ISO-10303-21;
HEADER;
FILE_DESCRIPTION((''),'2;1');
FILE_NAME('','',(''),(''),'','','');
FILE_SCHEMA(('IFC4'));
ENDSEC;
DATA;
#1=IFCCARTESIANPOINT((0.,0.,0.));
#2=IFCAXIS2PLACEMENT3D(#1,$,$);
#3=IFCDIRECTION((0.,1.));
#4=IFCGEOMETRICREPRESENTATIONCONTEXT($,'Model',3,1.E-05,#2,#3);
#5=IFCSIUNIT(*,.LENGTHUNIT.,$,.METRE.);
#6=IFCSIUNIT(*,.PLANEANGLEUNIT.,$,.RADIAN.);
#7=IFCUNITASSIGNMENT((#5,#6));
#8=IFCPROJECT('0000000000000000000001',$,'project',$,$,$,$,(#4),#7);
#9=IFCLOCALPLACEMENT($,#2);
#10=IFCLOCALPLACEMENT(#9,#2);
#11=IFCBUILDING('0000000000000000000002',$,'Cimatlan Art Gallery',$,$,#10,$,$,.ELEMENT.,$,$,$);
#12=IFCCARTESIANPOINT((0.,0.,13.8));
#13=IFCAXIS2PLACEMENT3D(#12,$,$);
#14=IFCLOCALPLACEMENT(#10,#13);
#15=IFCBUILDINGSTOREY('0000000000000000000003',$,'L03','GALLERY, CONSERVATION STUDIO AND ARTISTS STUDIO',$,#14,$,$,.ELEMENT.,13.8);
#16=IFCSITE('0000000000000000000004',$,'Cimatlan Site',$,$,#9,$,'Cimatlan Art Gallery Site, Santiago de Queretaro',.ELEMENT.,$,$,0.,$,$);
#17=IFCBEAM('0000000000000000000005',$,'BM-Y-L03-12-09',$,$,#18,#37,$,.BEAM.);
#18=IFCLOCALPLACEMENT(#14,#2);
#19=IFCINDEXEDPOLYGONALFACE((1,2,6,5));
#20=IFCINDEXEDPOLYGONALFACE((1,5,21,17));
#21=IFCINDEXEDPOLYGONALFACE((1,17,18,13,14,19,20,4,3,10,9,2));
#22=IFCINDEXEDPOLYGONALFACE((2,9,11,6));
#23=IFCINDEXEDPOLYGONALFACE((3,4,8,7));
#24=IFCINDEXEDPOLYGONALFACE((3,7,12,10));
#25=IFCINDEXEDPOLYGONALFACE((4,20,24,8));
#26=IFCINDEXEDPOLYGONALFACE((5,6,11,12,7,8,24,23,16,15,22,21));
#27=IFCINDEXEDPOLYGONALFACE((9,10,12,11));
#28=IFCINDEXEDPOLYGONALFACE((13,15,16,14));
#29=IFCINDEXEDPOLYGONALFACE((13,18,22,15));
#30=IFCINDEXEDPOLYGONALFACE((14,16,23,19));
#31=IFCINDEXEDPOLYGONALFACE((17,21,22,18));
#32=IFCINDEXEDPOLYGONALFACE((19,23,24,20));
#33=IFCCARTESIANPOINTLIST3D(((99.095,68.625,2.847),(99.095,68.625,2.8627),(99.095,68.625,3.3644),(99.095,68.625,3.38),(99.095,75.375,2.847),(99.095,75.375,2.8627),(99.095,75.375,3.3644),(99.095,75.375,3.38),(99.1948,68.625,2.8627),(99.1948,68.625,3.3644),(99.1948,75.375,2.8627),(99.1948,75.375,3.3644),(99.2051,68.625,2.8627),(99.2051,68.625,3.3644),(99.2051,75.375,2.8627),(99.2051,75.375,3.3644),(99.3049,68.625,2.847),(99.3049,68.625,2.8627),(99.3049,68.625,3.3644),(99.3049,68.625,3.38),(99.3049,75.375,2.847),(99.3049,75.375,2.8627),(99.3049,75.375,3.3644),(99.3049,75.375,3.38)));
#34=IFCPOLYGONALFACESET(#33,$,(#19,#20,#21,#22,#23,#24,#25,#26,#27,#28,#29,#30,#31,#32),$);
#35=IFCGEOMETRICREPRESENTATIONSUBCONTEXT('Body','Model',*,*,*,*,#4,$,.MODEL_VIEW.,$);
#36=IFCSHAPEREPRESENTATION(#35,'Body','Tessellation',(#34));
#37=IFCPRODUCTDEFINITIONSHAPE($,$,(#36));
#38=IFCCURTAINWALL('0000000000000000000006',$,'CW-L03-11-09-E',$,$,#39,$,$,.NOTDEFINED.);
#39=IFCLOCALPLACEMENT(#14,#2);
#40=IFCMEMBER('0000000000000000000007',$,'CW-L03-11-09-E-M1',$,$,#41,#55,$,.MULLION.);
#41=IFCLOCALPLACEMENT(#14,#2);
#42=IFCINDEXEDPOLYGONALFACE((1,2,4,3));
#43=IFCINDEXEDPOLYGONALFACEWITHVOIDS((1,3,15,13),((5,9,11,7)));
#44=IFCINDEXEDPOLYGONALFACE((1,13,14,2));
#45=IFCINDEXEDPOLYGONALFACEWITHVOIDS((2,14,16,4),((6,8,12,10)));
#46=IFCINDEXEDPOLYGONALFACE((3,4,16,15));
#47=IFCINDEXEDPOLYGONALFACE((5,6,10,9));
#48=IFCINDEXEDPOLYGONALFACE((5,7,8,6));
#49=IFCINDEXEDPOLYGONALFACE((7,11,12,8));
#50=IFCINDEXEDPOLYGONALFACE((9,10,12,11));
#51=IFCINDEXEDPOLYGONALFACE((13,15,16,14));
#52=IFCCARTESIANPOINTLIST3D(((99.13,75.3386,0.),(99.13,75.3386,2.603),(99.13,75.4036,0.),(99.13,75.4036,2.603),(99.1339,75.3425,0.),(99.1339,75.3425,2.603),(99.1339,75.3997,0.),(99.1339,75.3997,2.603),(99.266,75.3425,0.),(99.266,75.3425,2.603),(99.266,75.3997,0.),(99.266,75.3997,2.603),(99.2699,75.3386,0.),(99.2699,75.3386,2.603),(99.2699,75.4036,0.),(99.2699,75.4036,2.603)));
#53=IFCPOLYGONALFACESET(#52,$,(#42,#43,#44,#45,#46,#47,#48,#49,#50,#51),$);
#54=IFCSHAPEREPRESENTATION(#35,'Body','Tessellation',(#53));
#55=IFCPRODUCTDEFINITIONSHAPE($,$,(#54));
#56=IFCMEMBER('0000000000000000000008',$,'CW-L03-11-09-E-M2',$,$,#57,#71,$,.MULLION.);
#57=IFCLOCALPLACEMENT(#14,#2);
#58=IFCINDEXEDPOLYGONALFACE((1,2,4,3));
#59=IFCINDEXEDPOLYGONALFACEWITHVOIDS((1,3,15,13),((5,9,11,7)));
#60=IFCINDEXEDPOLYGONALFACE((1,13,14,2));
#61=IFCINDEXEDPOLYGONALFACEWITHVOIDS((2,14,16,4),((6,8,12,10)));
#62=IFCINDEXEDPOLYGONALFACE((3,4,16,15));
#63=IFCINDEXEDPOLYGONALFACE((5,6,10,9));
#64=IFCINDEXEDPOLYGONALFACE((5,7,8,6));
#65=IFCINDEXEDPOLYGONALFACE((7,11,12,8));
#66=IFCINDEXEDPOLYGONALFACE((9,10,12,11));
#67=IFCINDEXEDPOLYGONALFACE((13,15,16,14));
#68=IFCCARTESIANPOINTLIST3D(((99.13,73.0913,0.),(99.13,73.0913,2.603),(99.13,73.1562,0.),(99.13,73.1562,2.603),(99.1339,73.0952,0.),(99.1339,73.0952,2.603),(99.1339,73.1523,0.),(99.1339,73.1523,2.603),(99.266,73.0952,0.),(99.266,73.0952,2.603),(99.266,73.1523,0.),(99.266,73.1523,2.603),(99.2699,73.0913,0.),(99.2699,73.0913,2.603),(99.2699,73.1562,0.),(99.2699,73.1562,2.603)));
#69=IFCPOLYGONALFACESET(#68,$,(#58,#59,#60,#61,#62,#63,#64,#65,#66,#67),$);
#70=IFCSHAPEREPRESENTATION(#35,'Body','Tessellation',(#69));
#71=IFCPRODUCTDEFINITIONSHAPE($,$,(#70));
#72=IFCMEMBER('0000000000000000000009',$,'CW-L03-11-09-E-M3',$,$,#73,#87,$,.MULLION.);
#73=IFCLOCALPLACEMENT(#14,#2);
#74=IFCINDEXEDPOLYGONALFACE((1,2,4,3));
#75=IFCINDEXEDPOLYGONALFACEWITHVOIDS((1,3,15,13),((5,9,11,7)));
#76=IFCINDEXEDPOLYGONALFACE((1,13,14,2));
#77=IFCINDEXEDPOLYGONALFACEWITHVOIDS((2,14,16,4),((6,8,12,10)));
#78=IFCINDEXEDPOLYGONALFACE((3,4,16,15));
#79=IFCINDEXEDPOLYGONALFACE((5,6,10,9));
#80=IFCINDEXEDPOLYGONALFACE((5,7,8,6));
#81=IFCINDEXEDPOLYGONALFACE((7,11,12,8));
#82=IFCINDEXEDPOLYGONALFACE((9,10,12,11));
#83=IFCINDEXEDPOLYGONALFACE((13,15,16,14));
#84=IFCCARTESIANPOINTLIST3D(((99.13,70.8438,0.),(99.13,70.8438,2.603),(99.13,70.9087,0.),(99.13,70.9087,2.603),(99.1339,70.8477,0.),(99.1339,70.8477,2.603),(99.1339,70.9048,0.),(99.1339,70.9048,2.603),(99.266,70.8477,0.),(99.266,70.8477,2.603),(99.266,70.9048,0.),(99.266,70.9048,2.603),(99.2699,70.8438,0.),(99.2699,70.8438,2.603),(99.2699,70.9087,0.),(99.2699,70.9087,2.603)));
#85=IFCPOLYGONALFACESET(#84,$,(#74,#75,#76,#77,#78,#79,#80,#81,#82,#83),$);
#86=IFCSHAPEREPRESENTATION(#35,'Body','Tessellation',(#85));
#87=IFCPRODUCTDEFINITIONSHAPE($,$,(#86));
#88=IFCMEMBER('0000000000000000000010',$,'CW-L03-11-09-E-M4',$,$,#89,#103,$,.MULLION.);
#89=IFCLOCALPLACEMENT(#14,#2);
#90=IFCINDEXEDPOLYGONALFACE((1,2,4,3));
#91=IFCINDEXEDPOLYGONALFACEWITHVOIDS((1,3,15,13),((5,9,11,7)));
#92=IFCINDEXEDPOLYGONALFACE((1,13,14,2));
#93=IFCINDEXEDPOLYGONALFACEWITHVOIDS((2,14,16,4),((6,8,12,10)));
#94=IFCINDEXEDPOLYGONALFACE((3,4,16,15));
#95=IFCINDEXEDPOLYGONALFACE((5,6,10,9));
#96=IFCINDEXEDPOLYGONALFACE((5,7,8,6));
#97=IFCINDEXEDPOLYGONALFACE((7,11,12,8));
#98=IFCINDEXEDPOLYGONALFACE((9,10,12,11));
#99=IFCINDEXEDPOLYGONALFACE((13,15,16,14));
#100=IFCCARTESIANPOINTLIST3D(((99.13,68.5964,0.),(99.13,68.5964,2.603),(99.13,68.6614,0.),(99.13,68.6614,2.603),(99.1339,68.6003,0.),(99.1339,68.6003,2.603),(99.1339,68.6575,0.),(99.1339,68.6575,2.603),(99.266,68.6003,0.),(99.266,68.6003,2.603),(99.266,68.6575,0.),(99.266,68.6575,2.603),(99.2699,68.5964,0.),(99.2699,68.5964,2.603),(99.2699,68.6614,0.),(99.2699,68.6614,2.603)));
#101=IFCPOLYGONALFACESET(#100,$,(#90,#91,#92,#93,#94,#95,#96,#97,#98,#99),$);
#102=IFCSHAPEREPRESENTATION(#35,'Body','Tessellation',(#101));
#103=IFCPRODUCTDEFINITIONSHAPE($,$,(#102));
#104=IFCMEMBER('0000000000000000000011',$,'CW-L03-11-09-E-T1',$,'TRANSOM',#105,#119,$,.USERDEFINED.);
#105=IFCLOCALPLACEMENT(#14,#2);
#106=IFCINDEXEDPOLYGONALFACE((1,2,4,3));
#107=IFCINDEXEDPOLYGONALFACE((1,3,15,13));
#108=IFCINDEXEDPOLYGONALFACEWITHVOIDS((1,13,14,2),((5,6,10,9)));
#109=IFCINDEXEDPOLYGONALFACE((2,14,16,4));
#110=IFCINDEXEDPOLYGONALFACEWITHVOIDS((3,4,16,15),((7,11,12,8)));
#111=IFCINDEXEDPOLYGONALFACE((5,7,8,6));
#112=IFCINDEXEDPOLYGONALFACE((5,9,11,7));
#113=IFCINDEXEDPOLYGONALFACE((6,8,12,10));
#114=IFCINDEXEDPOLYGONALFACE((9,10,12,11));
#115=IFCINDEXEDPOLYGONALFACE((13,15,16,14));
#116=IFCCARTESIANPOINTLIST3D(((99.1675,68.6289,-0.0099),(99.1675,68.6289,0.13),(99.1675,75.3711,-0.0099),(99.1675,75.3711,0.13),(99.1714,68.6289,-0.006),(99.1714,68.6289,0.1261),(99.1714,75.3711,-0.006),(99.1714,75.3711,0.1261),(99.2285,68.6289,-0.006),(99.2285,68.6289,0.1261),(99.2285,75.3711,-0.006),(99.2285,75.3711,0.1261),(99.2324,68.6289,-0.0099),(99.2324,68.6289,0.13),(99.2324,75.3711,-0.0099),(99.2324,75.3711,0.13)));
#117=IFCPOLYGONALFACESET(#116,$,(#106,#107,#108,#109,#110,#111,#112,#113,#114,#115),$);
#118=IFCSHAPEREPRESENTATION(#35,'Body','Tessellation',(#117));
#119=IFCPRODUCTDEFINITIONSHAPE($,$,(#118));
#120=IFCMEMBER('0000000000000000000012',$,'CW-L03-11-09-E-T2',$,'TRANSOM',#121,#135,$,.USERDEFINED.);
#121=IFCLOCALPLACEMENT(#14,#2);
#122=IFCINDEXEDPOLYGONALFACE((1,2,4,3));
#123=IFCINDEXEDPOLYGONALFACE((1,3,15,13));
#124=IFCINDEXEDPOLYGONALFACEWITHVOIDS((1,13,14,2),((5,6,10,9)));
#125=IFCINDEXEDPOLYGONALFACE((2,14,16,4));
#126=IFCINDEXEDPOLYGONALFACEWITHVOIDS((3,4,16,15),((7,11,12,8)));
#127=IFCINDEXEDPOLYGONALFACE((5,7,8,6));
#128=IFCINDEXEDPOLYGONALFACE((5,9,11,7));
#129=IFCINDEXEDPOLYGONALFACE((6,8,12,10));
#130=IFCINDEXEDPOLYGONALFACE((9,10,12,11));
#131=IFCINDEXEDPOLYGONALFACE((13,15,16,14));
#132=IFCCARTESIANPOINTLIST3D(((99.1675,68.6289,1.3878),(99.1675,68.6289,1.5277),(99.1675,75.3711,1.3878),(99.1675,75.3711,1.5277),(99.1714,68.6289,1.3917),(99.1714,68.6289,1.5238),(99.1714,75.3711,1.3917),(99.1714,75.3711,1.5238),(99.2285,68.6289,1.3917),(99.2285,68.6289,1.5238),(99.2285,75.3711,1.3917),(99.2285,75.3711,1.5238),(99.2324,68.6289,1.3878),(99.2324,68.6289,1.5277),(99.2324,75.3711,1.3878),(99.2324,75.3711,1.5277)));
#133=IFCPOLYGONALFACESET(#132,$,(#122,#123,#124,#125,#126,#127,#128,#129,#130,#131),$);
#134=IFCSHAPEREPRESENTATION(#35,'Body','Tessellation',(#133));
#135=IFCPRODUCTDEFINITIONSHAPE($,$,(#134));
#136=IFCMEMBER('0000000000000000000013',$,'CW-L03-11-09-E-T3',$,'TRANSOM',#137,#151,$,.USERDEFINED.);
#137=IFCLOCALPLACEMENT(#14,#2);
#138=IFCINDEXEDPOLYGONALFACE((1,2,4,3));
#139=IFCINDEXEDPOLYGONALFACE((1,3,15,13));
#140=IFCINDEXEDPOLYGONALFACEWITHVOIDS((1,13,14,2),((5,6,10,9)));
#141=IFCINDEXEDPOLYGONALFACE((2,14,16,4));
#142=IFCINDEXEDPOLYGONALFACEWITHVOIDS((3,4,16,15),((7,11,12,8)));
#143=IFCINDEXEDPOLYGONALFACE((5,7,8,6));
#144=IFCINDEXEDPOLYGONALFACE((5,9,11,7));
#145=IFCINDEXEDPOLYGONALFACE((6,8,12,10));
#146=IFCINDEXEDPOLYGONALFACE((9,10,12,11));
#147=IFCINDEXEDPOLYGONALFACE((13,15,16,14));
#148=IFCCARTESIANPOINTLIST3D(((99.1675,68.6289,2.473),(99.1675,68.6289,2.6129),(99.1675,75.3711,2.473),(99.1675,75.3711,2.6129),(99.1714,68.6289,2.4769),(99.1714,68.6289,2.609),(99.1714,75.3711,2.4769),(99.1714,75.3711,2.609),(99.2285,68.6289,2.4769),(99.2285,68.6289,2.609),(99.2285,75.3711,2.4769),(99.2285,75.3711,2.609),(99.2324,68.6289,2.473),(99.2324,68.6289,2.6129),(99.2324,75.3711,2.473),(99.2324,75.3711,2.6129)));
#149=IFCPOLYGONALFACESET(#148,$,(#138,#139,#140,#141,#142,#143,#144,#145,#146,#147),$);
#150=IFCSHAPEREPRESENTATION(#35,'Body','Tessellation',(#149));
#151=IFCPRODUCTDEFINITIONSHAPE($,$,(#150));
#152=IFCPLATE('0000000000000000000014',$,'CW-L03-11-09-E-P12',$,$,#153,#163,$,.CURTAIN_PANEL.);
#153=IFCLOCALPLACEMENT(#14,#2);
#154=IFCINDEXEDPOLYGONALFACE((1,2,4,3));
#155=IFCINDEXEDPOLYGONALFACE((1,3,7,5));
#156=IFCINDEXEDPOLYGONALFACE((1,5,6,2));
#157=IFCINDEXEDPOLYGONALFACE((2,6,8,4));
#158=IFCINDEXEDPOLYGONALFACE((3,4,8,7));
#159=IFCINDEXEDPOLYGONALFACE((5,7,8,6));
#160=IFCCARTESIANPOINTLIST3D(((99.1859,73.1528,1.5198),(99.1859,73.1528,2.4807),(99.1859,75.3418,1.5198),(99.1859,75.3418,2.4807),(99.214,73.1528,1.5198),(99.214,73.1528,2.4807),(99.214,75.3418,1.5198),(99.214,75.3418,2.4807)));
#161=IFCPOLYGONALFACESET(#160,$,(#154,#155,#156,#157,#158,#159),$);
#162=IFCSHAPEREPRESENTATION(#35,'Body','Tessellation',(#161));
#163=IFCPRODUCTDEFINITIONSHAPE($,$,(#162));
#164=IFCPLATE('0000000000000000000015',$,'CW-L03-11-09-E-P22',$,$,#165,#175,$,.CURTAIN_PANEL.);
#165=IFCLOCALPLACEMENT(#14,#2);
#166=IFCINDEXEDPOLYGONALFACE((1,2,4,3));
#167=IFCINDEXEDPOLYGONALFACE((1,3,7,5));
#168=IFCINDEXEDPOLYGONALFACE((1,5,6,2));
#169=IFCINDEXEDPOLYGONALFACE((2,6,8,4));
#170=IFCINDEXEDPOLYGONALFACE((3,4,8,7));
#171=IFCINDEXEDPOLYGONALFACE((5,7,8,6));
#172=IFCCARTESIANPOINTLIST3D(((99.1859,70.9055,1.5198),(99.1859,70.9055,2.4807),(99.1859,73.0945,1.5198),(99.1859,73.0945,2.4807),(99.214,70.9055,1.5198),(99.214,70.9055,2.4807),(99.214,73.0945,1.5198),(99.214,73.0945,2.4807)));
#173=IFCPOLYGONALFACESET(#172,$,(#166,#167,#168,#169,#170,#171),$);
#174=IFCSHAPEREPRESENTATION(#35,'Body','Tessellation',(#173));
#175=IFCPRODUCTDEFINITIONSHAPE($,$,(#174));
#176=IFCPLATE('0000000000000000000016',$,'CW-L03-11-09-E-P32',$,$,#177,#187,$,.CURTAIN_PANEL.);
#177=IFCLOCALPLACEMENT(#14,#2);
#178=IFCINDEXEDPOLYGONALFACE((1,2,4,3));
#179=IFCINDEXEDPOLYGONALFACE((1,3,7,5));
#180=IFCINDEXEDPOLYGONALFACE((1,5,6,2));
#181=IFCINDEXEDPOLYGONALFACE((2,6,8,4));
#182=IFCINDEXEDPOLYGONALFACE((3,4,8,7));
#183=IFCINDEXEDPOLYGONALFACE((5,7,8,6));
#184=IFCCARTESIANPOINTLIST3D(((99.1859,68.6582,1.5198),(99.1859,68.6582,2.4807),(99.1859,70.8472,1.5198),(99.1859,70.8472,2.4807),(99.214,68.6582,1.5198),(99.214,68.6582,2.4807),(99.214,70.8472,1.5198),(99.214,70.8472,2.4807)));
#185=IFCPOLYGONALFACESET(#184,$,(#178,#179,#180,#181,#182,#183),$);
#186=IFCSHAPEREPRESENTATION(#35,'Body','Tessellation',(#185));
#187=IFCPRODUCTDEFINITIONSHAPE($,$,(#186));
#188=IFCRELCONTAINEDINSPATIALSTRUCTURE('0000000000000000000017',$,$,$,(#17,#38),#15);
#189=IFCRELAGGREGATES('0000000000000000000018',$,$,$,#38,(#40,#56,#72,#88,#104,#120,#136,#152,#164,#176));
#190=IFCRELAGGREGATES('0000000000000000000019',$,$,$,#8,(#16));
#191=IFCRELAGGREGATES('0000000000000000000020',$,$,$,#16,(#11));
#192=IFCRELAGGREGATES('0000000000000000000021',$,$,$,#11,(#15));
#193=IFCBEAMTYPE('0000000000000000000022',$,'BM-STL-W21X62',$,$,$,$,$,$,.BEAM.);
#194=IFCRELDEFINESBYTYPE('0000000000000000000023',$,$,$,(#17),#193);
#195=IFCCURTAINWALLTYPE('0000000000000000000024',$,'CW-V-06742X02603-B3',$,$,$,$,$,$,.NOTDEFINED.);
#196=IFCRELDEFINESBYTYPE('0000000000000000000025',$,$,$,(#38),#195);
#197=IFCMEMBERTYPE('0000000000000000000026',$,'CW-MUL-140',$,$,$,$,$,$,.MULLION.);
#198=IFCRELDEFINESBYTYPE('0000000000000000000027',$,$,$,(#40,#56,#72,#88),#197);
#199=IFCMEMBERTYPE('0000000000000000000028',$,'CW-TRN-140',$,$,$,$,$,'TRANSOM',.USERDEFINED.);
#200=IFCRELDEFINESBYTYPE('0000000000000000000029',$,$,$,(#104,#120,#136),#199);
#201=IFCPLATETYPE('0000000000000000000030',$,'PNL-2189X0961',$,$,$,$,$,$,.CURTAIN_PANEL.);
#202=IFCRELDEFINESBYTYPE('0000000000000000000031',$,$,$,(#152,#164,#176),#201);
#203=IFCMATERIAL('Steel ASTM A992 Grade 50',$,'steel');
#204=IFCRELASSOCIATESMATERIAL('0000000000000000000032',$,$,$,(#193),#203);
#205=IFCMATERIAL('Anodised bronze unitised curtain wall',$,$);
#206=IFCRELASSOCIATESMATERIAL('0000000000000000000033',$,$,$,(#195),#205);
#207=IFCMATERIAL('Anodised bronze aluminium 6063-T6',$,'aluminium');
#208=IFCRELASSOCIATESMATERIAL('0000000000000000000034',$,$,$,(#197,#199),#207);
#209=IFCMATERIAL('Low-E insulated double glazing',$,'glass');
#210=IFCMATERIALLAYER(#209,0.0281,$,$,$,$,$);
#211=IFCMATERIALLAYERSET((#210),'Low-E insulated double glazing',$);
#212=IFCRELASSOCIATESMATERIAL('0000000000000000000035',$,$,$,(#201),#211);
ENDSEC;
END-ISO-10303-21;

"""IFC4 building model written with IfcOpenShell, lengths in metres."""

from ifc_helpers import new_model, si_unit, direction, frame, origin, origin_2d, place, context, subcontext, project, spatial, rectangle, hollow_rectangle, i_section, extrude, material, layer, layer_set, material_profile, profile_set, type_object, element, aggregate, save


model = new_model("IFC4")

# Units and contexts
model_context = context("Model", 3, precision=1e-05, world=origin(), true_north=direction((0.0, 1.0)))
body_context = subcontext(model_context, "Body", "Model", "MODEL_VIEW")
ifc_project = project(units=[si_unit("LENGTHUNIT", "METRE"), si_unit("PLANEANGLEUNIT", "RADIAN")], contexts=[model_context])

# Site, building, storey
site_placement = place(None, origin())
site = spatial("IfcSite", under=ifc_project, at=site_placement, Name="Cimatlan Site", LongName="Cimatlan Art Gallery Site, Santiago de Queretaro", CompositionType="ELEMENT", RefElevation=0.0)
building_placement = place(site_placement, origin())
building = spatial("IfcBuilding", under=site, at=building_placement, Name="Cimatlan Art Gallery", CompositionType="ELEMENT")
storey_placement = place(building_placement, frame((0.0, 0.0, 13.8)))
storey = spatial("IfcBuildingStorey", under=building, at=storey_placement, Name="L03", Description="GALLERY, CONSERVATION STUDIO AND ARTISTS STUDIO", CompositionType="ELEMENT", Elevation=13.8)

# Beam
ifc_material_1 = material(Name="Steel ASTM A992 Grade 50", Category="steel")
ifc_material_profile_1 = material_profile(ifc_material_1, i_section(OverallWidth=0.21, OverallDepth=0.533, WebThickness=0.0103, FlangeThickness=0.0156, at=origin_2d()), Name="W21X62")
ifc_profile_set_1 = profile_set([ifc_material_profile_1], Name="Steel ASTM A992 Grade 50")
beam_type = type_object("IfcBeamType", Name="BM-STL-W21X62", PredefinedType="BEAM", material=ifc_profile_set_1)
beam_placement = place(storey_placement, frame((99.2, 68.625, 3.1135), z_axis=(0.0, 1.0, 0.0), x_axis=(-1.0, 0.0, 0.0)))
element("IfcBeam", 1, at=beam_placement, inside=storey, type_object=beam_type, Name="BM-Y-L03-12-09", PredefinedType="BEAM", context=body_context, shape_type="SweptSolid", body=[
    extrude(i_section(OverallWidth=0.21, OverallDepth=0.533, WebThickness=0.0103, FlangeThickness=0.0156, at=origin_2d()), origin(), (0.0, 0.0, 1.0), 6.75),
])

# Curtain wall, members, plates
ifc_material_2 = material(Name="Anodised bronze unitised curtain wall")
curtain_wall_type = type_object("IfcCurtainWallType", Name="CW-V-06742X02603-B3", PredefinedType="NOTDEFINED", material=ifc_material_2)
curtain_wall_placement = place(storey_placement, origin())
curtain_wall = element("IfcCurtainWall", 2, at=curtain_wall_placement, inside=storey, type_object=curtain_wall_type, Name="CW-L03-11-09-E", PredefinedType="NOTDEFINED")
ifc_material_3 = material(Name="Anodised bronze aluminium 6063-T6", Category="aluminium")
ifc_material_profile_2 = material_profile(ifc_material_3, hollow_rectangle(XDim=0.0649, YDim=0.1399, WallThickness=0.0039, at=origin_2d()), Name="ALU65X140X4")
ifc_profile_set_2 = profile_set([ifc_material_profile_2], Name="Anodised bronze aluminium 6063-T6")
member_type_1 = type_object("IfcMemberType", Name="CW-MUL-140", PredefinedType="MULLION", material=ifc_profile_set_2)
member_1_placement = place(storey_placement, frame((99.2, 75.3711, 0.0), z_axis=(0.0, 0.0, 1.0), x_axis=(0.0, 1.0, 0.0)))
member_1 = element("IfcMember", 3, at=member_1_placement, type_object=member_type_1, Name="CW-L03-11-09-E-M1", PredefinedType="MULLION", context=body_context, shape_type="SweptSolid", body=[
    extrude(hollow_rectangle(XDim=0.0649, YDim=0.1399, WallThickness=0.0039, at=origin_2d()), origin(), (0.0, 0.0, 1.0), 2.603),
])
member_2_placement = place(storey_placement, frame((99.2, 73.1238, 0.0), z_axis=(0.0, 0.0, 1.0), x_axis=(0.0, 1.0, 0.0)))
member_2 = element("IfcMember", 4, at=member_2_placement, type_object=member_type_1, Name="CW-L03-11-09-E-M2", PredefinedType="MULLION", context=body_context, shape_type="SweptSolid", body=[
    extrude(hollow_rectangle(XDim=0.0649, YDim=0.1399, WallThickness=0.0039, at=origin_2d()), origin(), (0.0, 0.0, 1.0), 2.603),
])
member_3_placement = place(storey_placement, frame((99.2, 70.8762, 0.0), z_axis=(0.0, 0.0, 1.0), x_axis=(0.0, 1.0, 0.0)))
member_3 = element("IfcMember", 5, at=member_3_placement, type_object=member_type_1, Name="CW-L03-11-09-E-M3", PredefinedType="MULLION", context=body_context, shape_type="SweptSolid", body=[
    extrude(hollow_rectangle(XDim=0.0649, YDim=0.1399, WallThickness=0.0039, at=origin_2d()), origin(), (0.0, 0.0, 1.0), 2.603),
])
member_4_placement = place(storey_placement, frame((99.2, 68.6289, 0.0), z_axis=(0.0, 0.0, 1.0), x_axis=(0.0, 1.0, 0.0)))
member_4 = element("IfcMember", 6, at=member_4_placement, type_object=member_type_1, Name="CW-L03-11-09-E-M4", PredefinedType="MULLION", context=body_context, shape_type="SweptSolid", body=[
    extrude(hollow_rectangle(XDim=0.0649, YDim=0.1399, WallThickness=0.0039, at=origin_2d()), origin(), (0.0, 0.0, 1.0), 2.603),
])
ifc_material_profile_3 = material_profile(ifc_material_3, hollow_rectangle(XDim=0.0649, YDim=0.1399, WallThickness=0.0039, at=origin_2d()), Name="ALU65X140X4")
ifc_profile_set_3 = profile_set([ifc_material_profile_3], Name="Anodised bronze aluminium 6063-T6")
member_type_2 = type_object("IfcMemberType", Name="CW-TRN-140", ElementType="TRANSOM", PredefinedType="USERDEFINED", material=ifc_profile_set_3)
member_5_placement = place(storey_placement, frame((99.2, 75.3711, 0.0601), z_axis=(0.0, -1.0, 0.0), x_axis=(1.0, 0.0, 0.0)))
member_5 = element("IfcMember", 7, at=member_5_placement, type_object=member_type_2, Name="CW-L03-11-09-E-T1", ObjectType="TRANSOM", PredefinedType="USERDEFINED", context=body_context, shape_type="SweptSolid", body=[
    extrude(hollow_rectangle(XDim=0.0649, YDim=0.1399, WallThickness=0.0039, at=origin_2d()), origin(), (0.0, 0.0, 1.0), 6.7422),
])
member_6_placement = place(storey_placement, frame((99.2, 75.3711, 1.4578), z_axis=(0.0, -1.0, 0.0), x_axis=(1.0, 0.0, 0.0)))
member_6 = element("IfcMember", 8, at=member_6_placement, type_object=member_type_2, Name="CW-L03-11-09-E-T2", ObjectType="TRANSOM", PredefinedType="USERDEFINED", context=body_context, shape_type="SweptSolid", body=[
    extrude(hollow_rectangle(XDim=0.0649, YDim=0.1399, WallThickness=0.0039, at=origin_2d()), origin(), (0.0, 0.0, 1.0), 6.7422),
])
member_7_placement = place(storey_placement, frame((99.2, 75.3711, 2.543), z_axis=(0.0, -1.0, 0.0), x_axis=(1.0, 0.0, 0.0)))
member_7 = element("IfcMember", 9, at=member_7_placement, type_object=member_type_2, Name="CW-L03-11-09-E-T3", ObjectType="TRANSOM", PredefinedType="USERDEFINED", context=body_context, shape_type="SweptSolid", body=[
    extrude(hollow_rectangle(XDim=0.0649, YDim=0.1399, WallThickness=0.0039, at=origin_2d()), origin(), (0.0, 0.0, 1.0), 6.7422),
])
ifc_material_4 = material(Name="Low-E insulated double glazing", Category="glass")
ifc_layer_1 = layer(ifc_material_4, 0.0281)
ifc_layer_set_1 = layer_set([ifc_layer_1], Name="Low-E insulated double glazing")
plate_type_1 = type_object("IfcPlateType", Name="PNL-2189X0961", PredefinedType="CURTAIN_PANEL", material=ifc_layer_set_1)
plate_1_placement = place(storey_placement, frame((99.2, 74.2473, 1.5198), z_axis=(0.0, 0.0, 1.0), x_axis=(0.0, -1.0, 0.0)))
plate_1 = element("IfcPlate", 10, at=plate_1_placement, type_object=plate_type_1, Name="CW-L03-11-09-E-P12", PredefinedType="CURTAIN_PANEL", context=body_context, shape_type="SweptSolid", body=[
    extrude(rectangle(XDim=2.189, YDim=0.0281, at=origin_2d()), origin(), (0.0, 0.0, 1.0), 0.9609),
])
plate_2_placement = place(storey_placement, frame((99.2, 72.0, 1.5198), z_axis=(0.0, 0.0, 1.0), x_axis=(0.0, -1.0, 0.0)))
plate_2 = element("IfcPlate", 11, at=plate_2_placement, type_object=plate_type_1, Name="CW-L03-11-09-E-P22", PredefinedType="CURTAIN_PANEL", context=body_context, shape_type="SweptSolid", body=[
    extrude(rectangle(XDim=2.189, YDim=0.0281, at=origin_2d()), origin(), (0.0, 0.0, 1.0), 0.9609),
])
plate_3_placement = place(storey_placement, frame((99.2, 69.7527, 1.5198), z_axis=(0.0, 0.0, 1.0), x_axis=(0.0, -1.0, 0.0)))
plate_3 = element("IfcPlate", 12, at=plate_3_placement, type_object=plate_type_1, Name="CW-L03-11-09-E-P32", PredefinedType="CURTAIN_PANEL", context=body_context, shape_type="SweptSolid", body=[
    extrude(rectangle(XDim=2.189, YDim=0.0281, at=origin_2d()), origin(), (0.0, 0.0, 1.0), 0.9609),
])
aggregate(curtain_wall, [member_1, member_2, member_3, member_4, member_5, member_6, member_7, plate_1, plate_2, plate_3])

save(model, "model.ifc")
